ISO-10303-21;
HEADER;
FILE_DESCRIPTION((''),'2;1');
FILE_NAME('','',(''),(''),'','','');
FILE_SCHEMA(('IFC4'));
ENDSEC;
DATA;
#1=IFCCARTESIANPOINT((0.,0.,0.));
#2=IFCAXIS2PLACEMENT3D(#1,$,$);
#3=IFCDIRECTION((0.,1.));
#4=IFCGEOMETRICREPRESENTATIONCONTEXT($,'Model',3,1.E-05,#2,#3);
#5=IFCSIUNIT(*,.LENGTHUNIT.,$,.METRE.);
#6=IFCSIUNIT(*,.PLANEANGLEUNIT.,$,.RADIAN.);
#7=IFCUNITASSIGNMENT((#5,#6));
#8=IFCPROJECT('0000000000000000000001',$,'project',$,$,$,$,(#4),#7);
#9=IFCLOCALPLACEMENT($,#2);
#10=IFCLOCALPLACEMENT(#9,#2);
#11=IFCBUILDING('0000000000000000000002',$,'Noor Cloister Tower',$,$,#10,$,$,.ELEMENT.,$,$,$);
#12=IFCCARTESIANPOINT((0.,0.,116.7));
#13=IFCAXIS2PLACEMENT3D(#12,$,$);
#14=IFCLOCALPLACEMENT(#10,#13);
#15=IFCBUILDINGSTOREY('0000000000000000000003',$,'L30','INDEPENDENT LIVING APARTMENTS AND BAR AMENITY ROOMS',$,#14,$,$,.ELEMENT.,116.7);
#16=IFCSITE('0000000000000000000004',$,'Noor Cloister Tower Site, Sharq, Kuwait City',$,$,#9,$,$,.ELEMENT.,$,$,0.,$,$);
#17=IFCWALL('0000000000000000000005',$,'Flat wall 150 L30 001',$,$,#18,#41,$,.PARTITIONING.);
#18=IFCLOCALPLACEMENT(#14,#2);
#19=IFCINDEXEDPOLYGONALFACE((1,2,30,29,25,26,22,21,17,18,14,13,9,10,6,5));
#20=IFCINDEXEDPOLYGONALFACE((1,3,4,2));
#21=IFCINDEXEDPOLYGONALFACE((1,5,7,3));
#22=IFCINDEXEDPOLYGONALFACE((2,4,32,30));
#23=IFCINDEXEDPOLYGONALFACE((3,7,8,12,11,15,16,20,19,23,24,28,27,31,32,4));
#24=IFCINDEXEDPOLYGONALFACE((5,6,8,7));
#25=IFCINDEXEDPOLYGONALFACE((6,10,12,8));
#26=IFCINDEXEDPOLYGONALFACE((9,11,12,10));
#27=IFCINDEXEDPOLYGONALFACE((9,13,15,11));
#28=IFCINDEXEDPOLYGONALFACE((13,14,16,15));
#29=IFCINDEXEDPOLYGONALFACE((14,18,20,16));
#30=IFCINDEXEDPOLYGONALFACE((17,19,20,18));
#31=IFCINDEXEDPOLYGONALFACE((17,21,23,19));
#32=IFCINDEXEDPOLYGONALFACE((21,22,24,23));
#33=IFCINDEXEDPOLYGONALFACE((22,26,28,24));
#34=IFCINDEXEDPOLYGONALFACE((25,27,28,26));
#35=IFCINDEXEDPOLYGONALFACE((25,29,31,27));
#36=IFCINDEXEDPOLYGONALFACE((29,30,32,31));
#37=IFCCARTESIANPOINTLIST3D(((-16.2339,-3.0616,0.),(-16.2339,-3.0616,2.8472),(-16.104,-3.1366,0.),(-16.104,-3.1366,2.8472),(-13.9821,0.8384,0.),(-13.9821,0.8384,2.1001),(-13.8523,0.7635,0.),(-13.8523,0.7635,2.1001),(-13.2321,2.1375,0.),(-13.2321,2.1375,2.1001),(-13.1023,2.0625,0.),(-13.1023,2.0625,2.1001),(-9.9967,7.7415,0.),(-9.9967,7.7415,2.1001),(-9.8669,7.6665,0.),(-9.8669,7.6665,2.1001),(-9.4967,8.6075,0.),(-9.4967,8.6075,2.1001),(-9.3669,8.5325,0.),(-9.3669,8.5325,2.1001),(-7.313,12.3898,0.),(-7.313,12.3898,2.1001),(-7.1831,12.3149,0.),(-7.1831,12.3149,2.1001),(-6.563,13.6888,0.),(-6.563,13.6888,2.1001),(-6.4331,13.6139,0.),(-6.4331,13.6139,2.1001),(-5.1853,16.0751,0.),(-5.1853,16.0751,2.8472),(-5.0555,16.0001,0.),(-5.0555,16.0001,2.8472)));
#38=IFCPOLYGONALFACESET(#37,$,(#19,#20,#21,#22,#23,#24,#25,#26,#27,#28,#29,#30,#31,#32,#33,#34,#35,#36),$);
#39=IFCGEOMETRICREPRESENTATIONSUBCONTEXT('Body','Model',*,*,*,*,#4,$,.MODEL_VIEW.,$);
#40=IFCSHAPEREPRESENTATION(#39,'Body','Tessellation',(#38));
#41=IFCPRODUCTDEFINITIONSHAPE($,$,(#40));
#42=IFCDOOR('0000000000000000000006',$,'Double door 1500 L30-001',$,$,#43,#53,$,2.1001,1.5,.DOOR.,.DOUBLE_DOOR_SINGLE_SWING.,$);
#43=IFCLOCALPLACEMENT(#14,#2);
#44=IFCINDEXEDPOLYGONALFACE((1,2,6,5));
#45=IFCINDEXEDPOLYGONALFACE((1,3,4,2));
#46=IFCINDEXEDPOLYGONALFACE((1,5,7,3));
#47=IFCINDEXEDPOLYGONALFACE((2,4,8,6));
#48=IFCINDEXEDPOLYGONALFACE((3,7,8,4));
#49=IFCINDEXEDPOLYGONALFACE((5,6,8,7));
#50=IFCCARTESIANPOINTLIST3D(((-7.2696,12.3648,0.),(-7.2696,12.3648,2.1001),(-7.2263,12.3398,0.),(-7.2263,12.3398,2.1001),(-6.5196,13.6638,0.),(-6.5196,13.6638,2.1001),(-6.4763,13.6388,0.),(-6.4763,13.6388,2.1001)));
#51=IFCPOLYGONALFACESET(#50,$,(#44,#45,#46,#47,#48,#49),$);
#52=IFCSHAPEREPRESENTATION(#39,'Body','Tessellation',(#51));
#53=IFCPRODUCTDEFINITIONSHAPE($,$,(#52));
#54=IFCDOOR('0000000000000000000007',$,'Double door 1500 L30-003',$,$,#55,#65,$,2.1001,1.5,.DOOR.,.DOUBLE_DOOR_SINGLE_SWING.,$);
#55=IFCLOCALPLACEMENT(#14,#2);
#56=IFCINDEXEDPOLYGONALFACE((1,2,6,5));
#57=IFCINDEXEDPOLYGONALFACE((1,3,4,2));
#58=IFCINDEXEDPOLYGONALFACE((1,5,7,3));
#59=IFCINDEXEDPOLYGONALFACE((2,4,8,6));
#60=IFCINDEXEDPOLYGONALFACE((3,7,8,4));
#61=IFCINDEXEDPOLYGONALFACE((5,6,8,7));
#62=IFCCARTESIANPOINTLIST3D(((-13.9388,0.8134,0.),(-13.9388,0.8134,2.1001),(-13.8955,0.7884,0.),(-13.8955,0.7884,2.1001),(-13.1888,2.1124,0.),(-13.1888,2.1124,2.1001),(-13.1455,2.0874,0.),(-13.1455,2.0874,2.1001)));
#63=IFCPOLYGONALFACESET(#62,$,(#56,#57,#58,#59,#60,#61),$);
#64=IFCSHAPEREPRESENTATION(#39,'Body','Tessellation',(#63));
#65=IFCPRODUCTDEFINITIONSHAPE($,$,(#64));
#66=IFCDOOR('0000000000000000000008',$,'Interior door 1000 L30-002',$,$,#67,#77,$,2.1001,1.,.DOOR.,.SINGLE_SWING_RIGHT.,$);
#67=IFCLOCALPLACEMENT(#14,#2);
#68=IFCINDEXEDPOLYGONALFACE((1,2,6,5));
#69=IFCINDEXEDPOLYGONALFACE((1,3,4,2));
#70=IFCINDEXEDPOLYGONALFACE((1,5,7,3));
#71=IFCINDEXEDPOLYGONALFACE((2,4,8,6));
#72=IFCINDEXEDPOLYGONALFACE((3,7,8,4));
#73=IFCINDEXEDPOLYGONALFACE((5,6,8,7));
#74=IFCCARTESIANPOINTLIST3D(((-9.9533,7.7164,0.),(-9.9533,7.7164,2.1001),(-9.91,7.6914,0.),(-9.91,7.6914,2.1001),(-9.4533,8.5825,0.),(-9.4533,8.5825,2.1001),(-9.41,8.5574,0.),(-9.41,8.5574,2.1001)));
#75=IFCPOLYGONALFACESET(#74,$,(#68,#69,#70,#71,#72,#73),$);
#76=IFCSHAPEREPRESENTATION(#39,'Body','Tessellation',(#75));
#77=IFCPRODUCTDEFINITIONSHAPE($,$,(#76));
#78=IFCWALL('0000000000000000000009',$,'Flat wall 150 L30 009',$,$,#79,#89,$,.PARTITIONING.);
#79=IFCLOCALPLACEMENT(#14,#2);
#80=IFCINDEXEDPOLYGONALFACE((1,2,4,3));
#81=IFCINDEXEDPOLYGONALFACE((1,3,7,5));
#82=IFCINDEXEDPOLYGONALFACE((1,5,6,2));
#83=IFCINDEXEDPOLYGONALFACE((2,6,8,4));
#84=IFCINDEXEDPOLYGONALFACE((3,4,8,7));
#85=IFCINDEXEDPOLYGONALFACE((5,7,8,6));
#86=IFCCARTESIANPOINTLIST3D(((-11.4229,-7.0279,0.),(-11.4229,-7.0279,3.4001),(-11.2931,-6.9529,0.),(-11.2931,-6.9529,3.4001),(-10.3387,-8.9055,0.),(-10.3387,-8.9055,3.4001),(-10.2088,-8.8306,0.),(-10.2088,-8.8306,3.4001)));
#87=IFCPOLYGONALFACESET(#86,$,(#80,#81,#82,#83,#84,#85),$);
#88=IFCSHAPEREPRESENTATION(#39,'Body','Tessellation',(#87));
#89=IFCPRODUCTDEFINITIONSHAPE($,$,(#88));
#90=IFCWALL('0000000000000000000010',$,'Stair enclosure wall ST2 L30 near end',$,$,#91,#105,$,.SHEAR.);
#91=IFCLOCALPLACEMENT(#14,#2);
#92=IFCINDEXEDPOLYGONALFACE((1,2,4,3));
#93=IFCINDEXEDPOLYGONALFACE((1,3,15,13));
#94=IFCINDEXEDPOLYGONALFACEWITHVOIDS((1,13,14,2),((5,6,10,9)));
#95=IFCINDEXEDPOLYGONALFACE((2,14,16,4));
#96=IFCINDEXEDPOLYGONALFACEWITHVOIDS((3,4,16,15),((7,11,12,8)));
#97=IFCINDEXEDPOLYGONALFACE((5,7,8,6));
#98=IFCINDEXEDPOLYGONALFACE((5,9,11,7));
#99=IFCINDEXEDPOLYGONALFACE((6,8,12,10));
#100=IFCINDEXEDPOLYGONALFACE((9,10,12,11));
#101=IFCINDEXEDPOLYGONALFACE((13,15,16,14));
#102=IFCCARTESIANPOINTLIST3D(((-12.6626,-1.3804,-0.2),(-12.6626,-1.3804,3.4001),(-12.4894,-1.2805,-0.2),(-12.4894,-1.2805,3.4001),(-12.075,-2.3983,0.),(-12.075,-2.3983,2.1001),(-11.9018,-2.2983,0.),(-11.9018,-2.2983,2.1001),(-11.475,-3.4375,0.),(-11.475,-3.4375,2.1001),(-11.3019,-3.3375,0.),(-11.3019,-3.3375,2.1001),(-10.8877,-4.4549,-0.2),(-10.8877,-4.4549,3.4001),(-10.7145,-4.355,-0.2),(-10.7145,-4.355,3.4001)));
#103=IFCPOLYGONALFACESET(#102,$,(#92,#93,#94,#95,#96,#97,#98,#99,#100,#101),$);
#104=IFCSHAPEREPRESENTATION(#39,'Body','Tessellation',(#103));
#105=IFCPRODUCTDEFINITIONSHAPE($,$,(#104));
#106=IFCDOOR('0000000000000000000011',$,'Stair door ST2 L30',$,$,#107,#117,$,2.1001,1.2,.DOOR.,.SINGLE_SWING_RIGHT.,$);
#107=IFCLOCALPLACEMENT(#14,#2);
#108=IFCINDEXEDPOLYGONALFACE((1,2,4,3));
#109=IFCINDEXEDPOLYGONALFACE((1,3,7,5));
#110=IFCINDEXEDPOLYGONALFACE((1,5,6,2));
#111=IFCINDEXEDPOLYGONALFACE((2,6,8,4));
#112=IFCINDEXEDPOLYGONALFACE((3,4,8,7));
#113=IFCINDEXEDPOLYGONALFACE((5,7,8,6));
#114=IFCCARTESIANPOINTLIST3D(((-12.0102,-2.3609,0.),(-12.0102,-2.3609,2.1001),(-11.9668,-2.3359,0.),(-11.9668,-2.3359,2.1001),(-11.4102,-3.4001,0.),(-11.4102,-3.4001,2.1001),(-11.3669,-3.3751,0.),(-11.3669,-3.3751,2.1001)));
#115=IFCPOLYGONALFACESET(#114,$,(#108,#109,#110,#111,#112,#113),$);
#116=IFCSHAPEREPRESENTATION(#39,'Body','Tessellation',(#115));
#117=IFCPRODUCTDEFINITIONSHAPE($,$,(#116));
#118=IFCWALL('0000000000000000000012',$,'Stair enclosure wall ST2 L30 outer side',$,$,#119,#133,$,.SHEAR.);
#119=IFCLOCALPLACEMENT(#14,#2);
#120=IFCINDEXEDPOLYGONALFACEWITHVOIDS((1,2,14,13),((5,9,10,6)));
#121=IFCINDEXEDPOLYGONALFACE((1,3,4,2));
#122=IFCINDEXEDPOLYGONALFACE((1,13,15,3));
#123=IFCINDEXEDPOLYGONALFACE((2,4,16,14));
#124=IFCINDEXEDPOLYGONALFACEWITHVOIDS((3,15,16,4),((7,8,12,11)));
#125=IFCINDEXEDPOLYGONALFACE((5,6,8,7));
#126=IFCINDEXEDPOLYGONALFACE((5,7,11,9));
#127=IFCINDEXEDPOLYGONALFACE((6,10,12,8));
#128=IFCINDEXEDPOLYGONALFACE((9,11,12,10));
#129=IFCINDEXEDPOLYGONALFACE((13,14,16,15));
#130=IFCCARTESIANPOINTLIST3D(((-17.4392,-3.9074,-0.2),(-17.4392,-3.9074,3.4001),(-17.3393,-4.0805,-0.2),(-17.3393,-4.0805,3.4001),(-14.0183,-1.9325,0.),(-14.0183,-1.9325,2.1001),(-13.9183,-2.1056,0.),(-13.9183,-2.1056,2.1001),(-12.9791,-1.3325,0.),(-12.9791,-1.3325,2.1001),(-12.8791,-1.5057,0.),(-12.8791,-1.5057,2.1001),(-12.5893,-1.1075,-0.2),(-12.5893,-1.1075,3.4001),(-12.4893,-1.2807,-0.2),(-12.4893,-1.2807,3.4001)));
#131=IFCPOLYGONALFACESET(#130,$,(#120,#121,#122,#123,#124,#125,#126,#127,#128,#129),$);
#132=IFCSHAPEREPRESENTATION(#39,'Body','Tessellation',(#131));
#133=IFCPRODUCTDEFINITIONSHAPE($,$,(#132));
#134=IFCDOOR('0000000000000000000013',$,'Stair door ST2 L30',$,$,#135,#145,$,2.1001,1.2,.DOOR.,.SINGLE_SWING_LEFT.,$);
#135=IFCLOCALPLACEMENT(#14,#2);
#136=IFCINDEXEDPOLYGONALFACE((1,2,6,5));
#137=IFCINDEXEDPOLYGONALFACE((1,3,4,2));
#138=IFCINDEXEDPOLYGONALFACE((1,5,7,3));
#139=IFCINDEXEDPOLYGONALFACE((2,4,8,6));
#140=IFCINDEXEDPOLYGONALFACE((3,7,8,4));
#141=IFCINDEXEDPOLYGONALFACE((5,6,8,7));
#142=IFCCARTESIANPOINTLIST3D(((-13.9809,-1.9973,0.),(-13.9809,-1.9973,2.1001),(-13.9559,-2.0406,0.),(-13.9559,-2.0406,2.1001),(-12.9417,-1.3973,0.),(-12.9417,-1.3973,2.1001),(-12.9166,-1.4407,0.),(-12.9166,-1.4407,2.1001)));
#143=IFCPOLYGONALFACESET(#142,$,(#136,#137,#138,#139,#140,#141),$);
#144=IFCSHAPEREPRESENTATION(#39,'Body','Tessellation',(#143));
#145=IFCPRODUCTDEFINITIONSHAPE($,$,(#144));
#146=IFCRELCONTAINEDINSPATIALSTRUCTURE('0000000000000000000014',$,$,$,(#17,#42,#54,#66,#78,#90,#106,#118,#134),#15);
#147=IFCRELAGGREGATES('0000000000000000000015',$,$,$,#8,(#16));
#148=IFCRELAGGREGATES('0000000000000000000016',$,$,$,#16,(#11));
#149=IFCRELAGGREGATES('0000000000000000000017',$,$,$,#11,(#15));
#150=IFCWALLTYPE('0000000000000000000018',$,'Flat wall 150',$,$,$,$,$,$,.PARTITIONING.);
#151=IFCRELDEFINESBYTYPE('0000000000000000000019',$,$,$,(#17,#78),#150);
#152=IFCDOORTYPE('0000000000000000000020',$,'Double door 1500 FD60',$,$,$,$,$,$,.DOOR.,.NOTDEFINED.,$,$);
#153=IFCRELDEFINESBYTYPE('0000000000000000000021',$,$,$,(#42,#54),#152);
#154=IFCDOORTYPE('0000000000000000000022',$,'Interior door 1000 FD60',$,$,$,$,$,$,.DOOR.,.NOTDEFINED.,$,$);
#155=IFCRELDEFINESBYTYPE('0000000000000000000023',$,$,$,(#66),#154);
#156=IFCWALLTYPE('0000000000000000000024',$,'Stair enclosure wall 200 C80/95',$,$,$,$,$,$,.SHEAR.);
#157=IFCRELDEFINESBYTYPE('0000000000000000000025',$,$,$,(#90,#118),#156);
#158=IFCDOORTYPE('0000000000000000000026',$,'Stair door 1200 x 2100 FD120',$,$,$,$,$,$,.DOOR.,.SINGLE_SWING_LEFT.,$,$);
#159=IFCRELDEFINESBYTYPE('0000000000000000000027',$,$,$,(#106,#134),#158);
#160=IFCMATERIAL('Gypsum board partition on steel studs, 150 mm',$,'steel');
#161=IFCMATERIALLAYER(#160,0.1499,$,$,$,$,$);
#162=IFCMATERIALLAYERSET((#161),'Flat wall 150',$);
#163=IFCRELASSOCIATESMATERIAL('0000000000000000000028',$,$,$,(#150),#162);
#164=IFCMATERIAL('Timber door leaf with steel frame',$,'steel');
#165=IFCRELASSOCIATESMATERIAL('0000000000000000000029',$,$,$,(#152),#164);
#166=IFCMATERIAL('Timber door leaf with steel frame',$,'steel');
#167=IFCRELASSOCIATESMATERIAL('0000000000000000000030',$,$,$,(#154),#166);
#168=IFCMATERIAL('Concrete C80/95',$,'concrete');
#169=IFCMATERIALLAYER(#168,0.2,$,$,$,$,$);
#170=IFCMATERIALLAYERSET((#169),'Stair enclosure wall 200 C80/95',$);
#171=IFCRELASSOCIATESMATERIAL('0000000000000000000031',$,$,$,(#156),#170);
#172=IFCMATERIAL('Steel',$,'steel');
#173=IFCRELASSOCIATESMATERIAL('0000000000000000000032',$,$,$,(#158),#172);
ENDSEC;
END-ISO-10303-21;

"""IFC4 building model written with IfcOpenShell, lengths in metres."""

from ifc_helpers import new_model, si_unit, direction, frame, frame_2d, origin, place, context, subcontext, project, spatial, rectangle, extrude, material, layer, layer_set, type_object, element, fill, save


model = new_model("IFC4")

# Units and contexts
model_context = context("Model", 3, precision=1e-05, world=origin(), true_north=direction((0.0, 1.0)))
body_context = subcontext(model_context, "Body", "Model", "MODEL_VIEW")
ifc_project = project(units=[si_unit("LENGTHUNIT", "METRE"), si_unit("PLANEANGLEUNIT", "RADIAN")], contexts=[model_context])

# Site, building, storey
site_placement = place(None, origin())
site = spatial("IfcSite", under=ifc_project, at=site_placement, Name="Noor Cloister Tower Site, Sharq, Kuwait City", CompositionType="ELEMENT", RefElevation=0.0)
building_placement = place(site_placement, origin())
building = spatial("IfcBuilding", under=site, at=building_placement, Name="Noor Cloister Tower", CompositionType="ELEMENT")
storey_placement = place(building_placement, frame((0.0, 0.0, 116.7)))
storey = spatial("IfcBuildingStorey", under=building, at=storey_placement, Name="L30", Description="INDEPENDENT LIVING APARTMENTS AND BAR AMENITY ROOMS", CompositionType="ELEMENT", Elevation=116.7)

# Wall, openings, doors
ifc_material_1 = material(Name="Gypsum board partition on steel studs, 150 mm", Category="steel")
ifc_layer_1 = layer(ifc_material_1, 0.1499)
ifc_layer_set_1 = layer_set([ifc_layer_1], Name="Flat wall 150")
wall_type_1 = type_object("IfcWallType", Name="Flat wall 150", PredefinedType="PARTITIONING", material=ifc_layer_set_1)
wall_1_placement = place(storey_placement, frame((-16.1689, -3.0991, 0.0), z_axis=(0.0, 0.0, 1.0), x_axis=(0.5, 0.866026, 0.0)))
wall_1 = element("IfcWall", 1, at=wall_1_placement, inside=storey, type_object=wall_type_1, Name="Flat wall 150 L30 001", PredefinedType="PARTITIONING", context=body_context, shape_type="SweptSolid", body=[
    extrude(rectangle(XDim=22.0972, YDim=0.1499, at=frame_2d((11.0486, 0.0))), origin(), (0.0, 0.0, 1.0), 2.8472),
])
opening_1_placement = place(wall_1_placement, frame((17.8418, 0.0, 0.0)))
opening_1 = element("IfcOpeningElement", 2, at=opening_1_placement, cuts=wall_1, PredefinedType="OPENING", context=body_context, shape_type="SweptSolid", body=[
    extrude(rectangle(XDim=1.5, YDim=2.1001, at=frame_2d((0.75, 1.05))), frame((0.0, 0.085, 0.0), z_axis=(0.0, -1.0, 0.0), x_axis=(1.0, 0.0, 0.0)), (0.0, 0.0, 1.0), 0.1699),
])
opening_2_placement = place(wall_1_placement, frame((12.4744, 0.0, 0.0)))
opening_2 = element("IfcOpeningElement", 3, at=opening_2_placement, cuts=wall_1, PredefinedType="OPENING", context=body_context, shape_type="SweptSolid", body=[
    extrude(rectangle(XDim=1.0, YDim=2.1001, at=frame_2d((0.5, 1.05))), frame((0.0, 0.085, 0.0), z_axis=(0.0, -1.0, 0.0), x_axis=(1.0, 0.0, 0.0)), (0.0, 0.0, 1.0), 0.1699),
])
opening_3_placement = place(wall_1_placement, frame((4.5034, 0.0, 0.0)))
opening_3 = element("IfcOpeningElement", 4, at=opening_3_placement, cuts=wall_1, PredefinedType="OPENING", context=body_context, shape_type="SweptSolid", body=[
    extrude(rectangle(XDim=1.5, YDim=2.1001, at=frame_2d((0.75, 1.05))), frame((0.0, 0.085, 0.0), z_axis=(0.0, -1.0, 0.0), x_axis=(1.0, 0.0, 0.0)), (0.0, 0.0, 1.0), 0.1699),
])
ifc_material_2 = material(Name="Timber door leaf with steel frame", Category="steel")
door_type_1 = type_object("IfcDoorType", Name="Double door 1500 FD60", OperationType="NOTDEFINED", PredefinedType="DOOR", material=ifc_material_2)
door_1_placement = place(opening_1_placement, origin())
door_1 = element("IfcDoor", 5, at=door_1_placement, inside=storey, type_object=door_type_1, Name="Double door 1500 L30-001", OperationType="DOUBLE_DOOR_SINGLE_SWING", OverallHeight=2.1001, OverallWidth=1.5, PredefinedType="DOOR", context=body_context, shape_type="SweptSolid", body=[
    extrude(rectangle(XDim=1.5, YDim=2.1001, at=frame_2d((0.75, 1.05))), frame((0.0, 0.0249, 0.0), z_axis=(0.0, -1.0, 0.0), x_axis=(1.0, 0.0, 0.0)), (0.0, 0.0, 1.0), 0.05),
])
fill(opening_1, door_1)
door_2_placement = place(opening_3_placement, origin())
door_2 = element("IfcDoor", 6, at=door_2_placement, inside=storey, type_object=door_type_1, Name="Double door 1500 L30-003", OperationType="DOUBLE_DOOR_SINGLE_SWING", OverallHeight=2.1001, OverallWidth=1.5, PredefinedType="DOOR", context=body_context, shape_type="SweptSolid", body=[
    extrude(rectangle(XDim=1.5, YDim=2.1001, at=frame_2d((0.75, 1.05))), frame((0.0, 0.0249, 0.0), z_axis=(0.0, -1.0, 0.0), x_axis=(1.0, 0.0, 0.0)), (0.0, 0.0, 1.0), 0.05),
])
fill(opening_3, door_2)
ifc_material_3 = material(Name="Timber door leaf with steel frame", Category="steel")
door_type_2 = type_object("IfcDoorType", Name="Interior door 1000 FD60", OperationType="NOTDEFINED", PredefinedType="DOOR", material=ifc_material_3)
door_3_placement = place(opening_2_placement, origin())
door_3 = element("IfcDoor", 7, at=door_3_placement, inside=storey, type_object=door_type_2, Name="Interior door 1000 L30-002", OperationType="SINGLE_SWING_RIGHT", OverallHeight=2.1001, OverallWidth=1.0, PredefinedType="DOOR", context=body_context, shape_type="SweptSolid", body=[
    extrude(rectangle(XDim=1.0, YDim=2.1001, at=frame_2d((0.5, 1.05))), frame((0.0, 0.0249, 0.0), z_axis=(0.0, -1.0, 0.0), x_axis=(1.0, 0.0, 0.0)), (0.0, 0.0, 1.0), 0.05),
])
fill(opening_2, door_3)

# Wall
wall_2_placement = place(storey_placement, frame((-11.3579, -6.9905, 0.0), z_axis=(0.0, 0.0, 1.0), x_axis=(0.500051, -0.865996, 0.0)))
element("IfcWall", 8, at=wall_2_placement, inside=storey, type_object=wall_type_1, Name="Flat wall 150 L30 009", PredefinedType="PARTITIONING", context=body_context, shape_type="SweptSolid", body=[
    extrude(rectangle(XDim=2.1682, YDim=0.1499, at=frame_2d((1.084, 0.0))), origin(), (0.0, 0.0, 1.0), 3.4001),
])

# Walls, openings, doors
ifc_material_4 = material(Name="Concrete C80/95", Category="concrete")
ifc_layer_2 = layer(ifc_material_4, 0.2)
ifc_layer_set_2 = layer_set([ifc_layer_2], Name="Stair enclosure wall 200 C80/95")
wall_type_2 = type_object("IfcWallType", Name="Stair enclosure wall 200 C80/95", PredefinedType="SHEAR", material=ifc_layer_set_2)
wall_3_placement = place(storey_placement, frame((-12.5759, -1.3306, -0.2), z_axis=(0.0, 0.0, 1.0), x_axis=(0.49997, -0.866042, 0.0)))
wall_3 = element("IfcWall", 9, at=wall_3_placement, inside=storey, type_object=wall_type_2, Name="Stair enclosure wall ST2 L30 near end", PredefinedType="SHEAR", context=body_context, shape_type="SweptSolid", body=[
    extrude(rectangle(XDim=3.55, YDim=0.2, at=frame_2d((1.7749, 0.0))), origin(), (0.0, 0.0, 1.0), 3.6001),
])
opening_4_placement = place(wall_3_placement, frame((1.175, 0.0, 0.2)))
opening_4 = element("IfcOpeningElement", 10, at=opening_4_placement, cuts=wall_3, PredefinedType="OPENING", context=body_context, shape_type="SweptSolid", body=[
    extrude(rectangle(XDim=1.2, YDim=2.1001, at=frame_2d((0.6001, 1.05))), frame((0.0, 0.1099, 0.0), z_axis=(0.0, -1.0, 0.0), x_axis=(1.0, 0.0, 0.0)), (0.0, 0.0, 1.0), 0.22),
])
ifc_material_5 = material(Name="Steel", Category="steel")
door_type_3 = type_object("IfcDoorType", Name="Stair door 1200 x 2100 FD120", OperationType="SINGLE_SWING_LEFT", PredefinedType="DOOR", material=ifc_material_5)
door_4_placement = place(opening_4_placement, origin())
door_4 = element("IfcDoor", 11, at=door_4_placement, inside=storey, type_object=door_type_3, Name="Stair door ST2 L30", OperationType="SINGLE_SWING_RIGHT", OverallHeight=2.1001, OverallWidth=1.2, PredefinedType="DOOR", context=body_context, shape_type="SweptSolid", body=[
    extrude(rectangle(XDim=1.2, YDim=2.1001, at=frame_2d((0.6001, 1.05))), frame((0.0, 0.0249, 0.0), z_axis=(0.0, -1.0, 0.0), x_axis=(1.0, 0.0, 0.0)), (0.0, 0.0, 1.0), 0.05),
])
fill(opening_4, door_4)
wall_4_placement = place(storey_placement, frame((-12.5393, -1.1941, -0.2), z_axis=(0.0, 0.0, 1.0), x_axis=(-0.866045, -0.499965, 0.0)))
wall_4 = element("IfcWall", 12, at=wall_4_placement, inside=storey, type_object=wall_type_2, Name="Stair enclosure wall ST2 L30 outer side", PredefinedType="SHEAR", context=body_context, shape_type="SweptSolid", body=[
    extrude(rectangle(XDim=5.6001, YDim=0.2, at=frame_2d((2.8, 0.0))), origin(), (0.0, 0.0, 1.0), 3.6001),
])
opening_5_placement = place(wall_4_placement, frame((0.45, 0.0, 0.2)))
opening_5 = element("IfcOpeningElement", 13, at=opening_5_placement, cuts=wall_4, PredefinedType="OPENING", context=body_context, shape_type="SweptSolid", body=[
    extrude(rectangle(XDim=1.2, YDim=2.1001, at=frame_2d((0.6001, 1.05))), frame((0.0, 0.1099, 0.0), z_axis=(0.0, -1.0, 0.0), x_axis=(1.0, 0.0, 0.0)), (0.0, 0.0, 1.0), 0.22),
])
door_5_placement = place(opening_5_placement, origin())
door_5 = element("IfcDoor", 14, at=door_5_placement, inside=storey, type_object=door_type_3, Name="Stair door ST2 L30", OperationType="SINGLE_SWING_LEFT", OverallHeight=2.1001, OverallWidth=1.2, PredefinedType="DOOR", context=body_context, shape_type="SweptSolid", body=[
    extrude(rectangle(XDim=1.2, YDim=2.1001, at=frame_2d((0.6001, 1.05))), frame((0.0, 0.0249, 0.0), z_axis=(0.0, -1.0, 0.0), x_axis=(1.0, 0.0, 0.0)), (0.0, 0.0, 1.0), 0.05),
])
fill(opening_5, door_5)

save(model, "model.ifc")
